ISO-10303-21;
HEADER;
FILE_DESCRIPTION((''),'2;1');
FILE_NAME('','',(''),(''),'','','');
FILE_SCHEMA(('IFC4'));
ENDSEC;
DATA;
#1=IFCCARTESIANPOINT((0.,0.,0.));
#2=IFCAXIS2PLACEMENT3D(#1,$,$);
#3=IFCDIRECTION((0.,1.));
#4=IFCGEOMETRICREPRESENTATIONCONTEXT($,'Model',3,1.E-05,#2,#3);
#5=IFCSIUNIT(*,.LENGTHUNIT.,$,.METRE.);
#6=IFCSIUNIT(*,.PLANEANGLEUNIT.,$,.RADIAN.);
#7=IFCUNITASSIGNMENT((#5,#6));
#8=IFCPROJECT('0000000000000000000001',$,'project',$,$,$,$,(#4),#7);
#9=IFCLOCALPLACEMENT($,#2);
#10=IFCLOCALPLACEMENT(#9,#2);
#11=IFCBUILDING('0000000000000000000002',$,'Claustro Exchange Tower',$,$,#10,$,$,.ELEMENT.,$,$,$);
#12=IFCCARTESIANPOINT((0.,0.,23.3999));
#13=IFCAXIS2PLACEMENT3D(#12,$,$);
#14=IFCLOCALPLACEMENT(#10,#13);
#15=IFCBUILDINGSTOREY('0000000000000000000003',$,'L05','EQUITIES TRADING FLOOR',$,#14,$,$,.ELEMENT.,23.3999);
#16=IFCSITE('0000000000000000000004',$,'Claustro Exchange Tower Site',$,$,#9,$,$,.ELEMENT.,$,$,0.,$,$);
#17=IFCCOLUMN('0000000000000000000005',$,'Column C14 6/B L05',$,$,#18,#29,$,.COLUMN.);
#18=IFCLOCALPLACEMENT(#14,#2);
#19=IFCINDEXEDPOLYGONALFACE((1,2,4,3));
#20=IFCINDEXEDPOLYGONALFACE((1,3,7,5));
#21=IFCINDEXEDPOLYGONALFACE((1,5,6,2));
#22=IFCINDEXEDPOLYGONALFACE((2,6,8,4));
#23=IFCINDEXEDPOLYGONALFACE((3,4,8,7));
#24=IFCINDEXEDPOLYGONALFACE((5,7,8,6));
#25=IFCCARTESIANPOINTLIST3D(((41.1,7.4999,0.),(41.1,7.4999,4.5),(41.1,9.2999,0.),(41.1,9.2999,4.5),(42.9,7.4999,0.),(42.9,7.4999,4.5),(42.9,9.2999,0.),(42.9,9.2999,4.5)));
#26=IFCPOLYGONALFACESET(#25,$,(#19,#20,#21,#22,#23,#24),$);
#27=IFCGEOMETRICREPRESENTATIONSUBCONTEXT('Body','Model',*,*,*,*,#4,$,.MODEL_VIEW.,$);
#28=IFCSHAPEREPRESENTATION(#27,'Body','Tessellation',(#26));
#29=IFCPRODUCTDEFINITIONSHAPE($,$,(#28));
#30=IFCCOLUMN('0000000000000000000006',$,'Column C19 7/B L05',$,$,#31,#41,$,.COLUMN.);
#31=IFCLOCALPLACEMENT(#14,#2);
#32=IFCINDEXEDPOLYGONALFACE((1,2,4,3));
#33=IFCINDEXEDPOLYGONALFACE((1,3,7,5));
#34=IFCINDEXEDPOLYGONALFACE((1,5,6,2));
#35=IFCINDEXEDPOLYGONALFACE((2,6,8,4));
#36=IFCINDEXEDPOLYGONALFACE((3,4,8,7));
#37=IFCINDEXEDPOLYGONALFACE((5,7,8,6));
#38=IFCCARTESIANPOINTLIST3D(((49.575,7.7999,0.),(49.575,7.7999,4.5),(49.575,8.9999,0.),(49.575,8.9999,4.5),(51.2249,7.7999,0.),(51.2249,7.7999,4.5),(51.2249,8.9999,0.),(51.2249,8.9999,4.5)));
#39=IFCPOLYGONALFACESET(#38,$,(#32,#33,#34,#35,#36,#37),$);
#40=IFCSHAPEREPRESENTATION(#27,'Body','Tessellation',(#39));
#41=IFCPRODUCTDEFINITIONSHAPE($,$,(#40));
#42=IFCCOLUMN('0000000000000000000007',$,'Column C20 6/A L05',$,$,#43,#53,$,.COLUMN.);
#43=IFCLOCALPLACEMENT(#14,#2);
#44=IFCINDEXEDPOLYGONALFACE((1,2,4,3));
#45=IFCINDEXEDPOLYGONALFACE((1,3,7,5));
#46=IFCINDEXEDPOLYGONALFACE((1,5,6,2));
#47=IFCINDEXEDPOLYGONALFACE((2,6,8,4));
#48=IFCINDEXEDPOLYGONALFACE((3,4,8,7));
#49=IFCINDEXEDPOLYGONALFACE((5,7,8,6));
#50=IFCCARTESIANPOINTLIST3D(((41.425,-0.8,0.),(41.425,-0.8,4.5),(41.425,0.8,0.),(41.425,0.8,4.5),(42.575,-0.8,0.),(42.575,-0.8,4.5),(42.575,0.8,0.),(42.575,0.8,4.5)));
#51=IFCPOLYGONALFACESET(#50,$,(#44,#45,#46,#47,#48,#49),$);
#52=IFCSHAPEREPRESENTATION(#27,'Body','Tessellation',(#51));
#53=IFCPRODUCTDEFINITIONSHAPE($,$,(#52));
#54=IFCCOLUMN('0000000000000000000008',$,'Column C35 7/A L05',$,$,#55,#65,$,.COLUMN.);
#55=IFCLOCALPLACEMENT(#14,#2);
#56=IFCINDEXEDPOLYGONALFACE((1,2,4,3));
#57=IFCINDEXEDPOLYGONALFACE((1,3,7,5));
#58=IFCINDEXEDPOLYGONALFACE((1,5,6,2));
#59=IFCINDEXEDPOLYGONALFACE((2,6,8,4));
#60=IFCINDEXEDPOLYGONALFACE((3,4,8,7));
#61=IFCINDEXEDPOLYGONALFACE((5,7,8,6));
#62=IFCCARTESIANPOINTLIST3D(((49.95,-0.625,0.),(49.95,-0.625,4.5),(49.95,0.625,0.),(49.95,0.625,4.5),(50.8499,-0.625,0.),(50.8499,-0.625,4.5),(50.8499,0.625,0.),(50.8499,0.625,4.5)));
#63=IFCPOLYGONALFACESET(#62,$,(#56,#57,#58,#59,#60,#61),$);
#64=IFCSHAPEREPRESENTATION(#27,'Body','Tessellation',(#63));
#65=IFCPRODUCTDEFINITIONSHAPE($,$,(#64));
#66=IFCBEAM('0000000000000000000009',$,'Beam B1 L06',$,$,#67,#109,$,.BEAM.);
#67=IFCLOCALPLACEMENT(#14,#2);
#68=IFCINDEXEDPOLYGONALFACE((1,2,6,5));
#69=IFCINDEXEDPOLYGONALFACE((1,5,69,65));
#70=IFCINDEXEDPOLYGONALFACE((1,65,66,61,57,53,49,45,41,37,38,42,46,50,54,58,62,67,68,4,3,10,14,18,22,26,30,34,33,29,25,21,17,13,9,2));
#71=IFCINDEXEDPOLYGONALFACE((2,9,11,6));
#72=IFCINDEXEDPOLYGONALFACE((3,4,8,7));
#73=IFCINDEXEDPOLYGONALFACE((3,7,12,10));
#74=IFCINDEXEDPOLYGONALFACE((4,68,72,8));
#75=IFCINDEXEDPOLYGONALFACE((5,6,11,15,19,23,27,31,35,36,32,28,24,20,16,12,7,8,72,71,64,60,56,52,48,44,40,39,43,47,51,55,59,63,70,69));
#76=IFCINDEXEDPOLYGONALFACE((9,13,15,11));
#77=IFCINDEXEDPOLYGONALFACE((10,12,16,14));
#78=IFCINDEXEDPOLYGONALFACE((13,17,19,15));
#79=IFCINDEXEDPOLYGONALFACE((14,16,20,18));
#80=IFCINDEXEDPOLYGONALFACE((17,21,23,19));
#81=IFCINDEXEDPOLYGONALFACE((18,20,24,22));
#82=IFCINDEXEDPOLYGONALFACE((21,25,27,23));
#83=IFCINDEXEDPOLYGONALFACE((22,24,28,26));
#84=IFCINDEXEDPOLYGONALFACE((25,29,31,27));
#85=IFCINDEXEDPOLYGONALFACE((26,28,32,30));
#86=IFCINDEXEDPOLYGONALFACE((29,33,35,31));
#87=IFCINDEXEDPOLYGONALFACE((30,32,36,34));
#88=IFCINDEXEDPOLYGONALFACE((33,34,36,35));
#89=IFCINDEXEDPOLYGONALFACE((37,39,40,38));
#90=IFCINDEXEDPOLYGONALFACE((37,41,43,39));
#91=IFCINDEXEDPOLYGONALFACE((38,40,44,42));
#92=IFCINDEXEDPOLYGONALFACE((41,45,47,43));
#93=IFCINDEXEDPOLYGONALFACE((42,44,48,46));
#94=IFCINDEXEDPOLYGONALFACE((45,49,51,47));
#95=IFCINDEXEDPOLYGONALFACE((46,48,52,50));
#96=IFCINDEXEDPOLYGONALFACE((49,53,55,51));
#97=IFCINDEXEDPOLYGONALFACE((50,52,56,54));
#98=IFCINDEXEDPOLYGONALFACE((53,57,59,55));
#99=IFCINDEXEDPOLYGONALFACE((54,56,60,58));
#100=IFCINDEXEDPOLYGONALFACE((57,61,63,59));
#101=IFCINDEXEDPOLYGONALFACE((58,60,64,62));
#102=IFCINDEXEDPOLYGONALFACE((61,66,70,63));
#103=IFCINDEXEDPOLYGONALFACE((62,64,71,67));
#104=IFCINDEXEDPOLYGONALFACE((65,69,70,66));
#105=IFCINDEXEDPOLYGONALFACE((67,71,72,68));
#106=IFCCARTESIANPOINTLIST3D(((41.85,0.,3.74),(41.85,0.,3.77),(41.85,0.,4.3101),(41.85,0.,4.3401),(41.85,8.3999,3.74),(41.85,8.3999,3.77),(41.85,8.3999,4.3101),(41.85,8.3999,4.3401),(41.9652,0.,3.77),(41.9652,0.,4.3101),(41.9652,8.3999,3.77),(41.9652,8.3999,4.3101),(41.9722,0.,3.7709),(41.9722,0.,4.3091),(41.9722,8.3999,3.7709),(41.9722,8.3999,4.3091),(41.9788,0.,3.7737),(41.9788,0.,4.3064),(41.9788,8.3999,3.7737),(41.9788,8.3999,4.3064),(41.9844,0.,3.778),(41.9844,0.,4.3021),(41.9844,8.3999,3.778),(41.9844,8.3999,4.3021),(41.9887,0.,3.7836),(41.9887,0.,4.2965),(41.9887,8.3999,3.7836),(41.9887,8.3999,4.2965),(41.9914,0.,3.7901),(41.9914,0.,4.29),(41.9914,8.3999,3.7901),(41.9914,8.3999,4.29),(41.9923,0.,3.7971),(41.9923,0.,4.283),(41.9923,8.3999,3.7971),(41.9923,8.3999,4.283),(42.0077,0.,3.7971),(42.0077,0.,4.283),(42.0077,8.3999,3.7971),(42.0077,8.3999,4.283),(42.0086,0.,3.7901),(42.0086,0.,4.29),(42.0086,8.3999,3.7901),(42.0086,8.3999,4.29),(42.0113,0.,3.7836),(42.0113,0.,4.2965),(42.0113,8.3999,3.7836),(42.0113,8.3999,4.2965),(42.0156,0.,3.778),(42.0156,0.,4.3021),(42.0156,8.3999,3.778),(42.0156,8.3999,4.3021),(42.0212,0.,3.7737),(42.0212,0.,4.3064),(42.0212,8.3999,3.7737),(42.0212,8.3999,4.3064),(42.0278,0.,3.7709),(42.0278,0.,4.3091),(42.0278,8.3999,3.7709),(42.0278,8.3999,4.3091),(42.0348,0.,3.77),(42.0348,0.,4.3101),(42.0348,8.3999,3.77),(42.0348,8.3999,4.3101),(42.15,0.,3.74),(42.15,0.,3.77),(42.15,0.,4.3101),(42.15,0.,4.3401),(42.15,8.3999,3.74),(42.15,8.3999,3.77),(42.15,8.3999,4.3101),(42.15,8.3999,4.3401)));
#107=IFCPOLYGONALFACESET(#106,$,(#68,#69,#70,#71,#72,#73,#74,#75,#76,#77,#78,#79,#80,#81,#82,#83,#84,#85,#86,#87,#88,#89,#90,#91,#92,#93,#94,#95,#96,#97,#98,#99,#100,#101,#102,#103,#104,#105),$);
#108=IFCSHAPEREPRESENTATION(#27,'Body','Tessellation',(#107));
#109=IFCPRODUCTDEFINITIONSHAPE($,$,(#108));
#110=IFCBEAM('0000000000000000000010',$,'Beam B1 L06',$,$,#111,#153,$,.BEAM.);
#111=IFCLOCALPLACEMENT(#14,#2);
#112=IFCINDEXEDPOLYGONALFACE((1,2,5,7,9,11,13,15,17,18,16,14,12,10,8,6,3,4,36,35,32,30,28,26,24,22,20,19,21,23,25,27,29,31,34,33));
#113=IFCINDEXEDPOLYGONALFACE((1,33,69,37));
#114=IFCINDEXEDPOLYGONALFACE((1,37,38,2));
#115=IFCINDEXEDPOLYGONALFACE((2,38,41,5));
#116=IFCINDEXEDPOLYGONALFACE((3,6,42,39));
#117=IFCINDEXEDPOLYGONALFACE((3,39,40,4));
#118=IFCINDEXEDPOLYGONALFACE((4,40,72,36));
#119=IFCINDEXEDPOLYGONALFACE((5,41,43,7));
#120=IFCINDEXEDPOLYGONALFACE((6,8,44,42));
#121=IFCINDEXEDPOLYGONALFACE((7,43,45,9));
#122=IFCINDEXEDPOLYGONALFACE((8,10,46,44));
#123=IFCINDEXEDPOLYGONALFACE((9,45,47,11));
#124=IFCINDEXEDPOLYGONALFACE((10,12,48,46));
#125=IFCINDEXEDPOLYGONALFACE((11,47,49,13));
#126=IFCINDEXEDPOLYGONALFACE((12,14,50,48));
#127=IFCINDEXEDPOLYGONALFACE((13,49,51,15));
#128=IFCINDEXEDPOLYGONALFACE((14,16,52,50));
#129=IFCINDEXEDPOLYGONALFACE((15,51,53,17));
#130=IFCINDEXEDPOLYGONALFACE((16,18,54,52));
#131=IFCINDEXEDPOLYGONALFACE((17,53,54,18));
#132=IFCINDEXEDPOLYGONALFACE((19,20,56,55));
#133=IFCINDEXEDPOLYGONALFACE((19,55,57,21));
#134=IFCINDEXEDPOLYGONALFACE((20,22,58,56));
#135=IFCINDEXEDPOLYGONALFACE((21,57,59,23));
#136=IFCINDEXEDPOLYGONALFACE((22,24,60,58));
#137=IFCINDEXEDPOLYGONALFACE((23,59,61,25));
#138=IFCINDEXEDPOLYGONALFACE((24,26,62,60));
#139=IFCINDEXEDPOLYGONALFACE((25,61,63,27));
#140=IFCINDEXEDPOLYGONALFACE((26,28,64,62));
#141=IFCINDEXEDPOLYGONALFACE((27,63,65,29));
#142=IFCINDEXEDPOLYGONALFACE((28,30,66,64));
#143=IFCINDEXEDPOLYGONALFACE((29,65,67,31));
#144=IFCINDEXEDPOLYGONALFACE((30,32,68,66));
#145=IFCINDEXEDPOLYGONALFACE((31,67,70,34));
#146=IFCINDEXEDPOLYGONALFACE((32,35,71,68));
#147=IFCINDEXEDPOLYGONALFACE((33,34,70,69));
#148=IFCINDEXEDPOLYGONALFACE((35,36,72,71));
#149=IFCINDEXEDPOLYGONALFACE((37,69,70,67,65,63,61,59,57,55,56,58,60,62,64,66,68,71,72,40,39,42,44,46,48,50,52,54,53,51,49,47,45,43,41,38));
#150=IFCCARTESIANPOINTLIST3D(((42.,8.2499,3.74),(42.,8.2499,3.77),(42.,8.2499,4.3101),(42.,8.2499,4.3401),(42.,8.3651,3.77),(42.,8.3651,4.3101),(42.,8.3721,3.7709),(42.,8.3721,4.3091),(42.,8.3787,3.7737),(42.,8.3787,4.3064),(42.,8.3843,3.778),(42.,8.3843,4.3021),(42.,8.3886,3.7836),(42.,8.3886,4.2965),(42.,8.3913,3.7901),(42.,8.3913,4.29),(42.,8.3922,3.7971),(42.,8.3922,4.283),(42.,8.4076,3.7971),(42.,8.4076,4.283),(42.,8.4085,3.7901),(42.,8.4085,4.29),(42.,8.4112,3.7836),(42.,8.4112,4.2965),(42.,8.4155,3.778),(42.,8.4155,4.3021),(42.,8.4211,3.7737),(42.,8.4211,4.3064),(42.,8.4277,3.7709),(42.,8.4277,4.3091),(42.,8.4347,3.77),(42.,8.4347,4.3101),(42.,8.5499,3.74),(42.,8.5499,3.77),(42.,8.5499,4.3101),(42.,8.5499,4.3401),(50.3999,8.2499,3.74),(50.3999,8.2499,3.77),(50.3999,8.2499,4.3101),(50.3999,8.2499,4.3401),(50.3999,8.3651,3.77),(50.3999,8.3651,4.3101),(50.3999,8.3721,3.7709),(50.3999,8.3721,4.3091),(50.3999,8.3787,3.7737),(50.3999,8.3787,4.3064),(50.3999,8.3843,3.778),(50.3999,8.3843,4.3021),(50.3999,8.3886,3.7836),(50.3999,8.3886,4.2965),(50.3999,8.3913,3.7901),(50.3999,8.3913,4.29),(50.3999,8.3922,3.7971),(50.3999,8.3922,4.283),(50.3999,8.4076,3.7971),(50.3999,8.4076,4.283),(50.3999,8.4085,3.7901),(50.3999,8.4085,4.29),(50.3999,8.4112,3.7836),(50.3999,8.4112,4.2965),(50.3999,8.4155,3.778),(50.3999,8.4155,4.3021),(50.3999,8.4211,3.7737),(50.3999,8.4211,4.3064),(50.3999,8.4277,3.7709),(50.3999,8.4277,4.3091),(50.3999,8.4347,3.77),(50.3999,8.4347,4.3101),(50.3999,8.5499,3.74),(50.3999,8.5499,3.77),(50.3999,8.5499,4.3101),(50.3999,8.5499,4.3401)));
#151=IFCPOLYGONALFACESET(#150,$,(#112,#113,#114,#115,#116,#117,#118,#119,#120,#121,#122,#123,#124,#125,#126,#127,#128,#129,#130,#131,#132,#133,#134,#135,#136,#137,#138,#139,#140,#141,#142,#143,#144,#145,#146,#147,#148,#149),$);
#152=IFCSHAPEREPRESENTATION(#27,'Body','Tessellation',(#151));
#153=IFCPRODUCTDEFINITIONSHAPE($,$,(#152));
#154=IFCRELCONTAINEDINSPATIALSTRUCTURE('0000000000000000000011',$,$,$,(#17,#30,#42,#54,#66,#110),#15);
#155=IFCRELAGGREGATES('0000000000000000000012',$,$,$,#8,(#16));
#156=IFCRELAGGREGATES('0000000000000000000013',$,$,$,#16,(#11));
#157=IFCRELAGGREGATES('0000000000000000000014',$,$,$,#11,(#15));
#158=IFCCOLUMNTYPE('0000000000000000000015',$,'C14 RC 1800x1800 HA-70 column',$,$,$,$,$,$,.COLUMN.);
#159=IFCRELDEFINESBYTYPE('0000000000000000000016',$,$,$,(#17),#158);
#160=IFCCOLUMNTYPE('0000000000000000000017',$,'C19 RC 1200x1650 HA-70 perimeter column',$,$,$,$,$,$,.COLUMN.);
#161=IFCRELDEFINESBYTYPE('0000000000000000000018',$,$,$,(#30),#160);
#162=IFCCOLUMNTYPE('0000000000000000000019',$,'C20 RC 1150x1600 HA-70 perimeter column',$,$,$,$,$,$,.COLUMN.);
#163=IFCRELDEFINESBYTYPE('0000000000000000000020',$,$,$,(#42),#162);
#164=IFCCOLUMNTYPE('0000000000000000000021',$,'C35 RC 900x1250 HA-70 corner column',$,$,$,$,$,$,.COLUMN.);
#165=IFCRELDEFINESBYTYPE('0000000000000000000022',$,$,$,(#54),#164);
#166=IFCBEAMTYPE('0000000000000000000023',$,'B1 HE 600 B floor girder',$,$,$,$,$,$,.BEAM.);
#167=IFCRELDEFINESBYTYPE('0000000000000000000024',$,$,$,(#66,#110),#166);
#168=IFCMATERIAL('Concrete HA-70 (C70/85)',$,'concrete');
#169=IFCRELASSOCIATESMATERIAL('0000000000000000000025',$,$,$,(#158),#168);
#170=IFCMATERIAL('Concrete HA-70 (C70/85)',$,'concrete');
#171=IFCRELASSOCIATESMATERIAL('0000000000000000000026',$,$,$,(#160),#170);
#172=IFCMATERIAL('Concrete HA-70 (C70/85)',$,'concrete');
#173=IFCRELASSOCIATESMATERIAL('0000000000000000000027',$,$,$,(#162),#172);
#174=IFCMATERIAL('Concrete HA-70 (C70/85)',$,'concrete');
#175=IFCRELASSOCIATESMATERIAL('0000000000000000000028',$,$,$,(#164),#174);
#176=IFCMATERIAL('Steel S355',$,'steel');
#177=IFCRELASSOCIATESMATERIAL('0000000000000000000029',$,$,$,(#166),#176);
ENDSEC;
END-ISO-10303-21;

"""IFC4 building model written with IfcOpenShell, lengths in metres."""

from ifc_helpers import new_model, si_unit, direction, frame, origin, origin_2d, place, context, subcontext, project, spatial, rectangle, i_section, extrude, material, material_profile, profile_set, type_object, element, save


model = new_model("IFC4")

# Units and contexts
model_context = context("Model", 3, precision=1e-05, world=origin(), true_north=direction((0.0, 1.0)))
body_context = subcontext(model_context, "Body", "Model", "MODEL_VIEW")
ifc_project = project(units=[si_unit("LENGTHUNIT", "METRE"), si_unit("PLANEANGLEUNIT", "RADIAN")], contexts=[model_context])

# Site, building, storey
site_placement = place(None, origin())
site = spatial("IfcSite", under=ifc_project, at=site_placement, Name="Claustro Exchange Tower Site", CompositionType="ELEMENT", RefElevation=0.0)
building_placement = place(site_placement, origin())
building = spatial("IfcBuilding", under=site, at=building_placement, Name="Claustro Exchange Tower", CompositionType="ELEMENT")
storey_placement = place(building_placement, frame((0.0, 0.0, 23.3999)))
storey = spatial("IfcBuildingStorey", under=building, at=storey_placement, Name="L05", Description="EQUITIES TRADING FLOOR", CompositionType="ELEMENT", Elevation=23.3999)

# Columns
ifc_material_1 = material(Name="Concrete HA-70 (C70/85)", Category="concrete")
ifc_material_profile_1 = material_profile(ifc_material_1, rectangle(XDim=1.8, YDim=1.8, at=origin_2d()), Name="RC 1800x1800")
ifc_profile_set_1 = profile_set([ifc_material_profile_1], Name="Concrete HA-70 (C70/85)")
column_type_1 = type_object("IfcColumnType", Name="C14 RC 1800x1800 HA-70 column", PredefinedType="COLUMN", material=ifc_profile_set_1)
column_1_placement = place(storey_placement, frame((42.0, 8.3999, 0.0), z_axis=(0.0, 0.0, 1.0), x_axis=(1.0, 0.0, 0.0)))
element("IfcColumn", 1, at=column_1_placement, inside=storey, type_object=column_type_1, Name="Column C14 6/B L05", PredefinedType="COLUMN", context=body_context, shape_type="SweptSolid", body=[
    extrude(rectangle(XDim=1.8, YDim=1.8, at=origin_2d()), origin(), (0.0, 0.0, 1.0), 4.5),
])
ifc_material_2 = material(Name="Concrete HA-70 (C70/85)", Category="concrete")
ifc_material_profile_2 = material_profile(ifc_material_2, rectangle(XDim=1.2, YDim=1.6499, at=origin_2d()), Name="RC 1200x1650")
ifc_profile_set_2 = profile_set([ifc_material_profile_2], Name="Concrete HA-70 (C70/85)")
column_type_2 = type_object("IfcColumnType", Name="C19 RC 1200x1650 HA-70 perimeter column", PredefinedType="COLUMN", material=ifc_profile_set_2)
column_2_placement = place(storey_placement, frame((50.3999, 8.3999, 0.0), z_axis=(0.0, 0.0, 1.0), x_axis=(0.0, 1.0, 0.0)))
element("IfcColumn", 2, at=column_2_placement, inside=storey, type_object=column_type_2, Name="Column C19 7/B L05", PredefinedType="COLUMN", context=body_context, shape_type="SweptSolid", body=[
    extrude(rectangle(XDim=1.2, YDim=1.6499, at=origin_2d()), origin(), (0.0, 0.0, 1.0), 4.5),
])
ifc_material_3 = material(Name="Concrete HA-70 (C70/85)", Category="concrete")
ifc_material_profile_3 = material_profile(ifc_material_3, rectangle(XDim=1.1499, YDim=1.6001, at=origin_2d()), Name="RC 1150x1600")
ifc_profile_set_3 = profile_set([ifc_material_profile_3], Name="Concrete HA-70 (C70/85)")
column_type_3 = type_object("IfcColumnType", Name="C20 RC 1150x1600 HA-70 perimeter column", PredefinedType="COLUMN", material=ifc_profile_set_3)
column_3_placement = place(storey_placement, frame((42.0, 0.0, 0.0), z_axis=(0.0, 0.0, 1.0), x_axis=(1.0, 0.0, 0.0)))
element("IfcColumn", 3, at=column_3_placement, inside=storey, type_object=column_type_3, Name="Column C20 6/A L05", PredefinedType="COLUMN", context=body_context, shape_type="SweptSolid", body=[
    extrude(rectangle(XDim=1.1499, YDim=1.6001, at=origin_2d()), origin(), (0.0, 0.0, 1.0), 4.5),
])
ifc_material_4 = material(Name="Concrete HA-70 (C70/85)", Category="concrete")
ifc_material_profile_4 = material_profile(ifc_material_4, rectangle(XDim=0.8999, YDim=1.25, at=origin_2d()), Name="RC 900x1250")
ifc_profile_set_4 = profile_set([ifc_material_profile_4], Name="Concrete HA-70 (C70/85)")
column_type_4 = type_object("IfcColumnType", Name="C35 RC 900x1250 HA-70 corner column", PredefinedType="COLUMN", material=ifc_profile_set_4)
column_4_placement = place(storey_placement, frame((50.3999, 0.0, 0.0), z_axis=(0.0, 0.0, 1.0), x_axis=(1.0, 0.0, 0.0)))
element("IfcColumn", 4, at=column_4_placement, inside=storey, type_object=column_type_4, Name="Column C35 7/A L05", PredefinedType="COLUMN", context=body_context, shape_type="SweptSolid", body=[
    extrude(rectangle(XDim=0.8999, YDim=1.25, at=origin_2d()), origin(), (0.0, 0.0, 1.0), 4.5),
])

# Beams
ifc_material_5 = material(Name="Steel S355", Category="steel")
ifc_material_profile_5 = material_profile(ifc_material_5, i_section(OverallWidth=0.3, OverallDepth=0.6001, WebThickness=0.0154, FlangeThickness=0.03, FilletRadius=0.0271, at=origin_2d()), Name="HE 600 B")
ifc_profile_set_5 = profile_set([ifc_material_profile_5], Name="Steel S355")
beam_type_1 = type_object("IfcBeamType", Name="B1 HE 600 B floor girder", PredefinedType="BEAM", material=ifc_profile_set_5)
for number, where, z_axis, x_axis, name in (
    (5, (42.0, 0.0, 4.04), (0.0, 1.0, 0.0), (-1.0, 0.0, 0.0), "Beam B1 L06"),
    (6, (42.0, 8.3999, 4.04), (1.0, 0.0, 0.0), (0.0, 1.0, 0.0), "Beam B1 L06"),
):
    element("IfcBeam", number, at=place(storey_placement, frame(where, z_axis=z_axis, x_axis=x_axis)), inside=storey, type_object=beam_type_1, Name=name, PredefinedType="BEAM", context=body_context, shape_type="SweptSolid", body=[
        extrude(i_section(OverallWidth=0.3, OverallDepth=0.6001, WebThickness=0.0154, FlangeThickness=0.03, FilletRadius=0.0271, at=origin_2d()), origin(), (0.0, 0.0, 1.0), 8.3999),
    ])

save(model, "model.ifc")
